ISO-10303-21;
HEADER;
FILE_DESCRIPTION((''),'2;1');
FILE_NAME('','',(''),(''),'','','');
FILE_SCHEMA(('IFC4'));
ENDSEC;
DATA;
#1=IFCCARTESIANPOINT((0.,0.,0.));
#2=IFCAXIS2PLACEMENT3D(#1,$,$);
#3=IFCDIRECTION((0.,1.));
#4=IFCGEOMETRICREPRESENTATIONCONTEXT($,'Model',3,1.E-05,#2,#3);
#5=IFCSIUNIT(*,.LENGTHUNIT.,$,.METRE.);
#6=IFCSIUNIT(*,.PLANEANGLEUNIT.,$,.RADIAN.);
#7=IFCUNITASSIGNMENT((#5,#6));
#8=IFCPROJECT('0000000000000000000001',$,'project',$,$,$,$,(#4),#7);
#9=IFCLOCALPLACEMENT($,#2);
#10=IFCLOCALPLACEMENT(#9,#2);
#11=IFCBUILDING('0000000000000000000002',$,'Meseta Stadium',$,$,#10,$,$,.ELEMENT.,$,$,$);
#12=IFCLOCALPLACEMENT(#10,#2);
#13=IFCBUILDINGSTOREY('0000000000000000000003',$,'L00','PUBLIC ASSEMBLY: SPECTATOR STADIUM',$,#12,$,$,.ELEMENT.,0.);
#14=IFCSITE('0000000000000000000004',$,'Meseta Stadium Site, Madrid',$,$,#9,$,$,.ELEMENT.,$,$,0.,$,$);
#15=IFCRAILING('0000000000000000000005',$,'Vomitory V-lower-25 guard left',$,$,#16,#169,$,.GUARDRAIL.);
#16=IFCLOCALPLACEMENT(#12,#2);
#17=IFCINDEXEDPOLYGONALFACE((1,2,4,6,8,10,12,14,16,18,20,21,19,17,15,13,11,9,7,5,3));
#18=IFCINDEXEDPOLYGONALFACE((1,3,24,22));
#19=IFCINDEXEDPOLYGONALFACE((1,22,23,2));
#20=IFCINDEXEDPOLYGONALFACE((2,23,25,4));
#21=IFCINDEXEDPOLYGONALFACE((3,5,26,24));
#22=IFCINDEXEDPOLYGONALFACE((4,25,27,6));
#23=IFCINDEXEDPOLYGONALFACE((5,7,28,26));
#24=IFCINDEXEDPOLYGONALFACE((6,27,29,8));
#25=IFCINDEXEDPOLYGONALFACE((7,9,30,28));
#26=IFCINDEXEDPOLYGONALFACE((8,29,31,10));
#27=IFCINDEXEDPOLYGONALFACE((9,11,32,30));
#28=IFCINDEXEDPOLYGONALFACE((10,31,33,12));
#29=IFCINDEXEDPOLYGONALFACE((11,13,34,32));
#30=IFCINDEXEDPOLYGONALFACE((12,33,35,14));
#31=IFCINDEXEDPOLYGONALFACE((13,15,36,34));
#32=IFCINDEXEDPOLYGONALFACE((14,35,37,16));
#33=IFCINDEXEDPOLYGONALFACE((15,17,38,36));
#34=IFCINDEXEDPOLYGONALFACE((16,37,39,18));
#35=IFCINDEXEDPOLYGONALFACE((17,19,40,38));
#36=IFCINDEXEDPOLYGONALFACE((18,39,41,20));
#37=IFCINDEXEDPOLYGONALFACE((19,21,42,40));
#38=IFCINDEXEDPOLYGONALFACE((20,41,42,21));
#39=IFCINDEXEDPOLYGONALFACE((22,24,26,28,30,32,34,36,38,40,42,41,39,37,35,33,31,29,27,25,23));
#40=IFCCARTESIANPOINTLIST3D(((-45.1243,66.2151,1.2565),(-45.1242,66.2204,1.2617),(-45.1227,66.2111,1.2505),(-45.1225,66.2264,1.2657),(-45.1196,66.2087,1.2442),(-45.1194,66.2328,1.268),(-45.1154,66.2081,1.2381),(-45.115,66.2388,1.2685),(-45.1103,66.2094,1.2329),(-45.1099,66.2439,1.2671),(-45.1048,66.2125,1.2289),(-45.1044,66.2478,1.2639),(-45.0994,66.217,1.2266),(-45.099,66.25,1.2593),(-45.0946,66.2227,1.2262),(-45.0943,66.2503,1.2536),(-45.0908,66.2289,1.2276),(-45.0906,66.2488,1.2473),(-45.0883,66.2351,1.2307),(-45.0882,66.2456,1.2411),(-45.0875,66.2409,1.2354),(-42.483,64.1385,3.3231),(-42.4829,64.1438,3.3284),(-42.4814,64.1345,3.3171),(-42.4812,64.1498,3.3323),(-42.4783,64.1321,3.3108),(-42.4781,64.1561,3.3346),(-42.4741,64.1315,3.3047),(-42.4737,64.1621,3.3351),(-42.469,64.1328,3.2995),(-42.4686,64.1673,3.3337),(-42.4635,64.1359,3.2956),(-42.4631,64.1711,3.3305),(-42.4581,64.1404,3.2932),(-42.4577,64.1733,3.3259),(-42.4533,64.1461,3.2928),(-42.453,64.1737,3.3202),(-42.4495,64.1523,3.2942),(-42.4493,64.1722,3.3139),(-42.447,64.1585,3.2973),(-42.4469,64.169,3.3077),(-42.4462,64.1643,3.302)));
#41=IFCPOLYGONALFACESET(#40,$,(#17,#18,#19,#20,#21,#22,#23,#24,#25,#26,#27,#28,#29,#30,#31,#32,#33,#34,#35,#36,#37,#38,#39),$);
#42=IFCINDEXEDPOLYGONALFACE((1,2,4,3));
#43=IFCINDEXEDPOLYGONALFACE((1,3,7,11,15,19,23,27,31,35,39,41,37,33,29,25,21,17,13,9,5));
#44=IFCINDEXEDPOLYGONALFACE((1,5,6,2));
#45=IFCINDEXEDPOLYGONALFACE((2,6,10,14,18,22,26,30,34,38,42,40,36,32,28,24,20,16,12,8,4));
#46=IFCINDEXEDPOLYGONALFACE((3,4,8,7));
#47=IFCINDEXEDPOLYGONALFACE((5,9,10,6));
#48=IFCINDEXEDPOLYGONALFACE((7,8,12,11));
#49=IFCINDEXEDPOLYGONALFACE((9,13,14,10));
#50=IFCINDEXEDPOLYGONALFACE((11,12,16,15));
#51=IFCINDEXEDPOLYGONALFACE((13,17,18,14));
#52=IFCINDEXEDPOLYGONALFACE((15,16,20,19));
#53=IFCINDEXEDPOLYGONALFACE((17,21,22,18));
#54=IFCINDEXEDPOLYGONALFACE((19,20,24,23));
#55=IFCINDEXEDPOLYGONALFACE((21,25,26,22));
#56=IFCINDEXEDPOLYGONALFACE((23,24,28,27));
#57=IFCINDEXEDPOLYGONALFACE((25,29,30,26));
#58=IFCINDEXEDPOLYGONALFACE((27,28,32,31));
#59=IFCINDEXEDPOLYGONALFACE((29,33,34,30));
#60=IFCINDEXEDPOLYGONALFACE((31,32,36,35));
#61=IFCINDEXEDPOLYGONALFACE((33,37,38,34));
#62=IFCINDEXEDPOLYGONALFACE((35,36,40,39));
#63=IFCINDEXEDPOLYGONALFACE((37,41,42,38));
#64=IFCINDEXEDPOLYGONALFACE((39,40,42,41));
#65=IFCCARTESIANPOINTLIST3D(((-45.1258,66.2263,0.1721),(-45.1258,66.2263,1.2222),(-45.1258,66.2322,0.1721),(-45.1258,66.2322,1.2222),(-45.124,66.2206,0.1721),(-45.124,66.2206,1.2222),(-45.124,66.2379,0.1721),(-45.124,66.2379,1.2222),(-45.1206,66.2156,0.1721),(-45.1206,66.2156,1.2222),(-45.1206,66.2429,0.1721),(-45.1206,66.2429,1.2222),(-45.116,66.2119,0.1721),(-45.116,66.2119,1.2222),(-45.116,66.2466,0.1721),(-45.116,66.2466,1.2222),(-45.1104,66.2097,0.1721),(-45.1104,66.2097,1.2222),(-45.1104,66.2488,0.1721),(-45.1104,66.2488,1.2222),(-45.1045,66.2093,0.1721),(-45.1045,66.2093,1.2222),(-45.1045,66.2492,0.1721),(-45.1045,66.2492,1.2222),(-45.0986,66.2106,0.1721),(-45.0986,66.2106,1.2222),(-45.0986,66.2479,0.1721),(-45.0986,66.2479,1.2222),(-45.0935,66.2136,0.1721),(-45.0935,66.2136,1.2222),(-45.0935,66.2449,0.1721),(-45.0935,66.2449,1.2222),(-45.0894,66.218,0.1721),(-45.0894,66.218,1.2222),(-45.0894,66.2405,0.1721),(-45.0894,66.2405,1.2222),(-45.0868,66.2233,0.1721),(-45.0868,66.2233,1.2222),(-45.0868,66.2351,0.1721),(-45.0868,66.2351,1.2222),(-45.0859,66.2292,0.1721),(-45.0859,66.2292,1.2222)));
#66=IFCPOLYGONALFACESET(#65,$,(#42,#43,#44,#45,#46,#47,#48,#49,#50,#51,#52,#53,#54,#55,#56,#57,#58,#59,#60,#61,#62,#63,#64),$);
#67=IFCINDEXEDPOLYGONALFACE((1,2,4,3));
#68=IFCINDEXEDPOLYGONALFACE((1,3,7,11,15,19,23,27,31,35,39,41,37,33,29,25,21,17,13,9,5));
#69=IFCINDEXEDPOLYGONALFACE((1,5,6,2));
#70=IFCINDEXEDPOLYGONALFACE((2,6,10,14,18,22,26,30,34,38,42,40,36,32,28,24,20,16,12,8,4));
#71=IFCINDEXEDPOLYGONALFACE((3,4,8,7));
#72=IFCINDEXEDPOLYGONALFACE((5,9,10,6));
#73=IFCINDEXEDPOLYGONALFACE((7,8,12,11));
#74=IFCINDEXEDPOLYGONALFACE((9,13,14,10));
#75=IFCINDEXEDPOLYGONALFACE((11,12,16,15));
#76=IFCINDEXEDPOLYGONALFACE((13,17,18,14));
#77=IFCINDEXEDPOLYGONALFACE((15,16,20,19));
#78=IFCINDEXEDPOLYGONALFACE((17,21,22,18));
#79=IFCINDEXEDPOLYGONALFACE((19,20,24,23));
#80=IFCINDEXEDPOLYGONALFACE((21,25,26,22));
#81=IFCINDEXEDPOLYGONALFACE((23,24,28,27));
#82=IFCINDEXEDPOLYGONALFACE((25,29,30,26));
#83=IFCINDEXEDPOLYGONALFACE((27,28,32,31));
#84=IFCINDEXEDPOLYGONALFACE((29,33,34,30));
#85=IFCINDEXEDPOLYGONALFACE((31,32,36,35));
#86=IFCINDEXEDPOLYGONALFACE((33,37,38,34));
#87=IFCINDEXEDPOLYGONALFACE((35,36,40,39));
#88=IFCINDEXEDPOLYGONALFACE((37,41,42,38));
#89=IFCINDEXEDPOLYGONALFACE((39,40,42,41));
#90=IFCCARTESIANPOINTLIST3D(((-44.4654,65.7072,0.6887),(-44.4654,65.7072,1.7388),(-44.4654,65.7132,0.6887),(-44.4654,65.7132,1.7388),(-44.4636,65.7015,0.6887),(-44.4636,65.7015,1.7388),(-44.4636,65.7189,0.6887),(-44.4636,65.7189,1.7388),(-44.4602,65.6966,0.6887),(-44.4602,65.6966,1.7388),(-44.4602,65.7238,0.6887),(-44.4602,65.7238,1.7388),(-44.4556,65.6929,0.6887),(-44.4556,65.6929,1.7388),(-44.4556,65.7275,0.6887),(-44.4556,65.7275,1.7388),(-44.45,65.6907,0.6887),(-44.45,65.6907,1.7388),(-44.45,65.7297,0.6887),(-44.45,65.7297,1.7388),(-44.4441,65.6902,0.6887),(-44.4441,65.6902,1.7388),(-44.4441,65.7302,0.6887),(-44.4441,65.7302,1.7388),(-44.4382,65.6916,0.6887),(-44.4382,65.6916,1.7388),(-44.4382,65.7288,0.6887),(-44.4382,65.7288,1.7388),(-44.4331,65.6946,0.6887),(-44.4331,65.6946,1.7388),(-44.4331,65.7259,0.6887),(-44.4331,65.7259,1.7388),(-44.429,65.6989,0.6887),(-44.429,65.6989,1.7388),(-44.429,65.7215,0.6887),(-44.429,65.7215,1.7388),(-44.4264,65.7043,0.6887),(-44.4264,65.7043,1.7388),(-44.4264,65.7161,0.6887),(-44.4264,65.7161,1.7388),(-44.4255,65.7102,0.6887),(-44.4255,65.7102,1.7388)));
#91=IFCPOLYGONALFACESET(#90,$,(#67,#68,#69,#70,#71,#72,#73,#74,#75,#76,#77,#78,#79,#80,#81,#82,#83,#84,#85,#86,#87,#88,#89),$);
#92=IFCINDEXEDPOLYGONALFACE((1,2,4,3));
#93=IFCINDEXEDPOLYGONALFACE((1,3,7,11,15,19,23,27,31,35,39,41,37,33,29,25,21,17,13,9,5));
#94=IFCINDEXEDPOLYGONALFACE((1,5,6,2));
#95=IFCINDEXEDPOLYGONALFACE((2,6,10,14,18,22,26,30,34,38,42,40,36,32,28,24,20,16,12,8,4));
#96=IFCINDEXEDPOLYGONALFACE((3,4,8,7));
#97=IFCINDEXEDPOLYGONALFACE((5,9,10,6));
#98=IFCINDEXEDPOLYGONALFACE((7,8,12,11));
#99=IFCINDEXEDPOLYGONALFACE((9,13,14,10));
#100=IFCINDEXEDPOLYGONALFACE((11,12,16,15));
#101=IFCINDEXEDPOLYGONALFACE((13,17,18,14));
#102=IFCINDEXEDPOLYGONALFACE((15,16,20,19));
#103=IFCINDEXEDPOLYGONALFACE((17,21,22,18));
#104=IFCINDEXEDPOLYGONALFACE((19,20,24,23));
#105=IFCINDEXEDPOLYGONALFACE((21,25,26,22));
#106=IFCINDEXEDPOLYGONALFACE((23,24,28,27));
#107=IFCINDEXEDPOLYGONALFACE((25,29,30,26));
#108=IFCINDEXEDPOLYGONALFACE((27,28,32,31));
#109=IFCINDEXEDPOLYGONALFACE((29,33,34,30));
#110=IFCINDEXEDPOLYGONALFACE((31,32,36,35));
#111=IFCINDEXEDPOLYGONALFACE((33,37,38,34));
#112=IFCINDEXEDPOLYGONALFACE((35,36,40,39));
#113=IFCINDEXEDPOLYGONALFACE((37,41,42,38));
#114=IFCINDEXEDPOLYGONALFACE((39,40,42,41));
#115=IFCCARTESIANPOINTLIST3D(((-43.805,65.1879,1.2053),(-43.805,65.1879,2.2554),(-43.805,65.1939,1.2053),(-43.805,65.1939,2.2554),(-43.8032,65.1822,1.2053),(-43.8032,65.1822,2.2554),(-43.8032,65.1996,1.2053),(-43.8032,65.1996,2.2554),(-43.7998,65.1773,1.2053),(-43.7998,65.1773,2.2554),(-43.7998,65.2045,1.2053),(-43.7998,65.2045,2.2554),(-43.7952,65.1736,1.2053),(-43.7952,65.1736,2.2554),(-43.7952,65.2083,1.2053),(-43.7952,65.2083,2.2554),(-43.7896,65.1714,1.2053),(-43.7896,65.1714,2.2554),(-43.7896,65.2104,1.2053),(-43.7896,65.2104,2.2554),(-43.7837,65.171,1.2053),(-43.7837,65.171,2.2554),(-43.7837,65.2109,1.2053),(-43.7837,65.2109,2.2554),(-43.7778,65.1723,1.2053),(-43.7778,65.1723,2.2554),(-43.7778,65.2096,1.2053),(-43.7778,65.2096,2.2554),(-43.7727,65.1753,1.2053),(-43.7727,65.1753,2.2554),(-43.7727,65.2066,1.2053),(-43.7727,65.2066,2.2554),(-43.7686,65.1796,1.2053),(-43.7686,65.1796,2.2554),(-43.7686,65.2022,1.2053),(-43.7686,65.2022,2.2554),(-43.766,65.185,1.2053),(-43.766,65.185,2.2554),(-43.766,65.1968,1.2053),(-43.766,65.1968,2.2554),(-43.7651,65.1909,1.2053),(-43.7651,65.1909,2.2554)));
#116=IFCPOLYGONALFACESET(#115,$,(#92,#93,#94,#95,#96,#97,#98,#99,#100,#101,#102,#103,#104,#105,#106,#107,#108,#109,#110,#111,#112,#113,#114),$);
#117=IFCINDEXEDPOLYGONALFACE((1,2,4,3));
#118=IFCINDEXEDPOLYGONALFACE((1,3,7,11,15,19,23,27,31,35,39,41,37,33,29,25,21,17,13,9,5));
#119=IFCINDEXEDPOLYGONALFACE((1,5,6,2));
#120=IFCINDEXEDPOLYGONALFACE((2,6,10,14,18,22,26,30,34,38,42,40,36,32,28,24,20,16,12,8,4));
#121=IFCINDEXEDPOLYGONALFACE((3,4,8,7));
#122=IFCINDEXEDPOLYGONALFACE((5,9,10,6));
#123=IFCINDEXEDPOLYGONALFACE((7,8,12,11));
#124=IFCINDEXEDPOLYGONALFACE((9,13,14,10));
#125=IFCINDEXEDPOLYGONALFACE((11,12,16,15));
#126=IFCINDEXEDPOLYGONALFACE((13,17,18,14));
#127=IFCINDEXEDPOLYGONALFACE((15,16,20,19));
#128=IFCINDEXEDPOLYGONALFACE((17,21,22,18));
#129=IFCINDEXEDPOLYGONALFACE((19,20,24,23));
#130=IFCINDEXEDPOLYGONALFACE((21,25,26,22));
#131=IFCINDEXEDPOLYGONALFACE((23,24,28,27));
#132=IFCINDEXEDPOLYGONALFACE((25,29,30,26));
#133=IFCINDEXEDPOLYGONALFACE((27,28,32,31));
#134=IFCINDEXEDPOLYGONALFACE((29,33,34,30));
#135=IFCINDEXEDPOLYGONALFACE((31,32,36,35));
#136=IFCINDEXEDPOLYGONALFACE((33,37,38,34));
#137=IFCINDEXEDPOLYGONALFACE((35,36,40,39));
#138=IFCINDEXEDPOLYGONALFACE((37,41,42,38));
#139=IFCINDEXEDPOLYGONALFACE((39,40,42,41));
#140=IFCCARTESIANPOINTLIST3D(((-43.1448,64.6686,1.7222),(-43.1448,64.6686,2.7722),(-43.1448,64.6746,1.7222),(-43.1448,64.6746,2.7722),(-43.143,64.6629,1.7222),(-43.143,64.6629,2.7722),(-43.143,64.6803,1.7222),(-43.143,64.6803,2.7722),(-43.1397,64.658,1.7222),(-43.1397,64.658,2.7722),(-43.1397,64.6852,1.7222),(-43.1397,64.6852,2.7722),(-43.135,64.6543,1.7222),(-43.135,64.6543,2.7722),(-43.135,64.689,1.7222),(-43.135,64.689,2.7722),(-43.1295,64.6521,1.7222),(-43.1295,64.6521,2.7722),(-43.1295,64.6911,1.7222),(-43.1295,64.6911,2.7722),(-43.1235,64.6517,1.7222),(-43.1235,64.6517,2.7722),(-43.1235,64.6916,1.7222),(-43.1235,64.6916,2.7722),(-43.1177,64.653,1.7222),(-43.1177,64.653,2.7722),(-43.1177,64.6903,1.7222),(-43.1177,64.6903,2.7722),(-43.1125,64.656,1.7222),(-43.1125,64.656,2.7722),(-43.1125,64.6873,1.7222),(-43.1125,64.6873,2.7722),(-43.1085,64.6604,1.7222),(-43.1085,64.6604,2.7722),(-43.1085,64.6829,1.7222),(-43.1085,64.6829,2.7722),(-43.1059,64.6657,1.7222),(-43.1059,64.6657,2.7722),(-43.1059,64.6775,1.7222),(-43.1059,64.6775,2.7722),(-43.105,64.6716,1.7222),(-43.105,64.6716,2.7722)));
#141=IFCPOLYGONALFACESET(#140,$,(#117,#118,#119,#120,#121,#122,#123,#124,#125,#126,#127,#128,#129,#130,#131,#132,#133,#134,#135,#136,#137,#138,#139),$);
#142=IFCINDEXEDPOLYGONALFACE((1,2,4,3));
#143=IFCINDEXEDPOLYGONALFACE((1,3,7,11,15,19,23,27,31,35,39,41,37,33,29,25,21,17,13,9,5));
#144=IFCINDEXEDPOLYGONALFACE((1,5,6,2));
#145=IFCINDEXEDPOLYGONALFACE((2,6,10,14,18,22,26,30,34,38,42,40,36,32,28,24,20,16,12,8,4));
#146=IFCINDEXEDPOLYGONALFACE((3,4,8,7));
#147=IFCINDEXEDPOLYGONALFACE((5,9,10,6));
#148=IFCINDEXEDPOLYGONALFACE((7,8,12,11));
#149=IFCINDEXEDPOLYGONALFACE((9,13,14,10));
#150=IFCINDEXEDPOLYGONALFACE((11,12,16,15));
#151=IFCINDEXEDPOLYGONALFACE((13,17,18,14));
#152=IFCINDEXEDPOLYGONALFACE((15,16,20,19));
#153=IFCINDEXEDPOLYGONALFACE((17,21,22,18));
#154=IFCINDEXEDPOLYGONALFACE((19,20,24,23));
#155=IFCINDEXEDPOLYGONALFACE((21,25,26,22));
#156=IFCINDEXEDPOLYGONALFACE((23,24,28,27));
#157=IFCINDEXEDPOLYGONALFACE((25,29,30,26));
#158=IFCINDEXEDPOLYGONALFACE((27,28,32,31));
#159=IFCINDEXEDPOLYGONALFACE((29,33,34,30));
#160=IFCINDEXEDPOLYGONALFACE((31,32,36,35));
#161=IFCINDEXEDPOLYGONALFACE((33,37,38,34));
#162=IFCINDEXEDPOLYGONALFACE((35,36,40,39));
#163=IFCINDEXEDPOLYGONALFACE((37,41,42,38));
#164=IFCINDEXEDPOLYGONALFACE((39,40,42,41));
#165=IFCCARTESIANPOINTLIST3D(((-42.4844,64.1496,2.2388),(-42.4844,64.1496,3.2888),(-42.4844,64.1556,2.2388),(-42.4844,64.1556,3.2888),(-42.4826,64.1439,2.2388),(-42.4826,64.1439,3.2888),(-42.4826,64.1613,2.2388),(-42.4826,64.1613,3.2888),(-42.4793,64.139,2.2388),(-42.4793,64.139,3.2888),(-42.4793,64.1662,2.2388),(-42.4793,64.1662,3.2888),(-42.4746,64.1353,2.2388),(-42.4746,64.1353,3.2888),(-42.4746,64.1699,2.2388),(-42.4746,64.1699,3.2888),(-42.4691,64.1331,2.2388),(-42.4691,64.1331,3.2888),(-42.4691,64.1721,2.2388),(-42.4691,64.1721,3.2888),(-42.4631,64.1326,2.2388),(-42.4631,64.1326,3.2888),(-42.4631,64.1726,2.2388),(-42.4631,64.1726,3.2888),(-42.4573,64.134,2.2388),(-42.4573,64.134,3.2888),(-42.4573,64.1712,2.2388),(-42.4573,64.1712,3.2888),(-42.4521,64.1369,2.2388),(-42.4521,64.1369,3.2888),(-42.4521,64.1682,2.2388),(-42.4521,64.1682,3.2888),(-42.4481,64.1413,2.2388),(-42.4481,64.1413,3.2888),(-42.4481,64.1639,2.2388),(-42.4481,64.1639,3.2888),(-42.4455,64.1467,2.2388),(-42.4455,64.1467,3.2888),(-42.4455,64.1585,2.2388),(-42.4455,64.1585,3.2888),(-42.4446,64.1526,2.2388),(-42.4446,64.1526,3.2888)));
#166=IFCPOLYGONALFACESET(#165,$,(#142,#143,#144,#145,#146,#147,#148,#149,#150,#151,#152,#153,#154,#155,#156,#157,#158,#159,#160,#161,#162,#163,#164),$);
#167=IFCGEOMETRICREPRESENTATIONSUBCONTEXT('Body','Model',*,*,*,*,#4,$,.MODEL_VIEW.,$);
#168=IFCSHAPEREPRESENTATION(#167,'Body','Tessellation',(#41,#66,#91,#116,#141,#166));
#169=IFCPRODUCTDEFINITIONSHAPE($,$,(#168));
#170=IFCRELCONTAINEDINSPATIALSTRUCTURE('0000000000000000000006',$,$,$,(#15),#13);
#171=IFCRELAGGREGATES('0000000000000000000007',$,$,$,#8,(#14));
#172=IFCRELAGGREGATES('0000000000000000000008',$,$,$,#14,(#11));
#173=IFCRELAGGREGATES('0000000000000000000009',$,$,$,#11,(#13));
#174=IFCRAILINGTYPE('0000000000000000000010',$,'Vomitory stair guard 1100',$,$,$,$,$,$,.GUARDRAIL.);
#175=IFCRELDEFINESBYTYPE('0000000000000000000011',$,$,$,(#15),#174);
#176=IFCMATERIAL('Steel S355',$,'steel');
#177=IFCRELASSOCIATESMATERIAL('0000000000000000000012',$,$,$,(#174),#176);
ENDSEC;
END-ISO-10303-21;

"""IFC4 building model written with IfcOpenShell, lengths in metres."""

from ifc_helpers import new_model, si_unit, direction, frame, origin, origin_2d, place, context, subcontext, project, spatial, circle, extrude, material, type_object, element, save


model = new_model("IFC4")

# Units and contexts
model_context = context("Model", 3, precision=1e-05, world=origin(), true_north=direction((0.0, 1.0)))
body_context = subcontext(model_context, "Body", "Model", "MODEL_VIEW")
ifc_project = project(units=[si_unit("LENGTHUNIT", "METRE"), si_unit("PLANEANGLEUNIT", "RADIAN")], contexts=[model_context])

# Site, building, storey
site_placement = place(None, origin())
site = spatial("IfcSite", under=ifc_project, at=site_placement, Name="Meseta Stadium Site, Madrid", CompositionType="ELEMENT", RefElevation=0.0)
building_placement = place(site_placement, origin())
building = spatial("IfcBuilding", under=site, at=building_placement, Name="Meseta Stadium", CompositionType="ELEMENT")
storey_placement = place(building_placement, origin())
storey = spatial("IfcBuildingStorey", under=building, at=storey_placement, Name="L00", Description="PUBLIC ASSEMBLY: SPECTATOR STADIUM", CompositionType="ELEMENT", Elevation=0.0)

# Railing
ifc_material_1 = material(Name="Steel S355", Category="steel")
railing_type_1 = type_object("IfcRailingType", Name="Vomitory stair guard 1100", PredefinedType="GUARDRAIL", material=ifc_material_1)
for number, where, name in (
    (1, (-45.106, 66.2292, 0.1721), "Vomitory V-lower-25 guard left"),
):
    element("IfcRailing", number, at=place(storey_placement, frame(where)), inside=storey, type_object=railing_type_1, Name=name, PredefinedType="GUARDRAIL", context=body_context, shape_type="SweptSolid", body=[
        extrude(circle(Radius=0.0249, at=origin_2d()), frame((0.0, 0.0, 1.0752), z_axis=(0.669604, -0.526449, 0.523911), x_axis=(0.618062, 0.786129, 0.0)), (0.0, 0.0, 1.0), 3.9446),
        extrude(circle(Radius=0.02, at=origin_2d()), origin(), (0.0, 0.0, 1.0), 1.05),
        extrude(circle(Radius=0.02, at=origin_2d()), frame((0.6604, -0.519, 0.5166)), (0.0, 0.0, 1.0), 1.05),
        extrude(circle(Radius=0.02, at=origin_2d()), frame((1.3208, -1.0383, 1.0332)), (0.0, 0.0, 1.0), 1.05),
        extrude(circle(Radius=0.02, at=origin_2d()), frame((1.981, -1.5576, 1.55)), (0.0, 0.0, 1.0), 1.05),
        extrude(circle(Radius=0.02, at=origin_2d()), frame((2.6414, -2.0767, 2.0667)), (0.0, 0.0, 1.0), 1.05),
    ])

save(model, "model.ifc")
